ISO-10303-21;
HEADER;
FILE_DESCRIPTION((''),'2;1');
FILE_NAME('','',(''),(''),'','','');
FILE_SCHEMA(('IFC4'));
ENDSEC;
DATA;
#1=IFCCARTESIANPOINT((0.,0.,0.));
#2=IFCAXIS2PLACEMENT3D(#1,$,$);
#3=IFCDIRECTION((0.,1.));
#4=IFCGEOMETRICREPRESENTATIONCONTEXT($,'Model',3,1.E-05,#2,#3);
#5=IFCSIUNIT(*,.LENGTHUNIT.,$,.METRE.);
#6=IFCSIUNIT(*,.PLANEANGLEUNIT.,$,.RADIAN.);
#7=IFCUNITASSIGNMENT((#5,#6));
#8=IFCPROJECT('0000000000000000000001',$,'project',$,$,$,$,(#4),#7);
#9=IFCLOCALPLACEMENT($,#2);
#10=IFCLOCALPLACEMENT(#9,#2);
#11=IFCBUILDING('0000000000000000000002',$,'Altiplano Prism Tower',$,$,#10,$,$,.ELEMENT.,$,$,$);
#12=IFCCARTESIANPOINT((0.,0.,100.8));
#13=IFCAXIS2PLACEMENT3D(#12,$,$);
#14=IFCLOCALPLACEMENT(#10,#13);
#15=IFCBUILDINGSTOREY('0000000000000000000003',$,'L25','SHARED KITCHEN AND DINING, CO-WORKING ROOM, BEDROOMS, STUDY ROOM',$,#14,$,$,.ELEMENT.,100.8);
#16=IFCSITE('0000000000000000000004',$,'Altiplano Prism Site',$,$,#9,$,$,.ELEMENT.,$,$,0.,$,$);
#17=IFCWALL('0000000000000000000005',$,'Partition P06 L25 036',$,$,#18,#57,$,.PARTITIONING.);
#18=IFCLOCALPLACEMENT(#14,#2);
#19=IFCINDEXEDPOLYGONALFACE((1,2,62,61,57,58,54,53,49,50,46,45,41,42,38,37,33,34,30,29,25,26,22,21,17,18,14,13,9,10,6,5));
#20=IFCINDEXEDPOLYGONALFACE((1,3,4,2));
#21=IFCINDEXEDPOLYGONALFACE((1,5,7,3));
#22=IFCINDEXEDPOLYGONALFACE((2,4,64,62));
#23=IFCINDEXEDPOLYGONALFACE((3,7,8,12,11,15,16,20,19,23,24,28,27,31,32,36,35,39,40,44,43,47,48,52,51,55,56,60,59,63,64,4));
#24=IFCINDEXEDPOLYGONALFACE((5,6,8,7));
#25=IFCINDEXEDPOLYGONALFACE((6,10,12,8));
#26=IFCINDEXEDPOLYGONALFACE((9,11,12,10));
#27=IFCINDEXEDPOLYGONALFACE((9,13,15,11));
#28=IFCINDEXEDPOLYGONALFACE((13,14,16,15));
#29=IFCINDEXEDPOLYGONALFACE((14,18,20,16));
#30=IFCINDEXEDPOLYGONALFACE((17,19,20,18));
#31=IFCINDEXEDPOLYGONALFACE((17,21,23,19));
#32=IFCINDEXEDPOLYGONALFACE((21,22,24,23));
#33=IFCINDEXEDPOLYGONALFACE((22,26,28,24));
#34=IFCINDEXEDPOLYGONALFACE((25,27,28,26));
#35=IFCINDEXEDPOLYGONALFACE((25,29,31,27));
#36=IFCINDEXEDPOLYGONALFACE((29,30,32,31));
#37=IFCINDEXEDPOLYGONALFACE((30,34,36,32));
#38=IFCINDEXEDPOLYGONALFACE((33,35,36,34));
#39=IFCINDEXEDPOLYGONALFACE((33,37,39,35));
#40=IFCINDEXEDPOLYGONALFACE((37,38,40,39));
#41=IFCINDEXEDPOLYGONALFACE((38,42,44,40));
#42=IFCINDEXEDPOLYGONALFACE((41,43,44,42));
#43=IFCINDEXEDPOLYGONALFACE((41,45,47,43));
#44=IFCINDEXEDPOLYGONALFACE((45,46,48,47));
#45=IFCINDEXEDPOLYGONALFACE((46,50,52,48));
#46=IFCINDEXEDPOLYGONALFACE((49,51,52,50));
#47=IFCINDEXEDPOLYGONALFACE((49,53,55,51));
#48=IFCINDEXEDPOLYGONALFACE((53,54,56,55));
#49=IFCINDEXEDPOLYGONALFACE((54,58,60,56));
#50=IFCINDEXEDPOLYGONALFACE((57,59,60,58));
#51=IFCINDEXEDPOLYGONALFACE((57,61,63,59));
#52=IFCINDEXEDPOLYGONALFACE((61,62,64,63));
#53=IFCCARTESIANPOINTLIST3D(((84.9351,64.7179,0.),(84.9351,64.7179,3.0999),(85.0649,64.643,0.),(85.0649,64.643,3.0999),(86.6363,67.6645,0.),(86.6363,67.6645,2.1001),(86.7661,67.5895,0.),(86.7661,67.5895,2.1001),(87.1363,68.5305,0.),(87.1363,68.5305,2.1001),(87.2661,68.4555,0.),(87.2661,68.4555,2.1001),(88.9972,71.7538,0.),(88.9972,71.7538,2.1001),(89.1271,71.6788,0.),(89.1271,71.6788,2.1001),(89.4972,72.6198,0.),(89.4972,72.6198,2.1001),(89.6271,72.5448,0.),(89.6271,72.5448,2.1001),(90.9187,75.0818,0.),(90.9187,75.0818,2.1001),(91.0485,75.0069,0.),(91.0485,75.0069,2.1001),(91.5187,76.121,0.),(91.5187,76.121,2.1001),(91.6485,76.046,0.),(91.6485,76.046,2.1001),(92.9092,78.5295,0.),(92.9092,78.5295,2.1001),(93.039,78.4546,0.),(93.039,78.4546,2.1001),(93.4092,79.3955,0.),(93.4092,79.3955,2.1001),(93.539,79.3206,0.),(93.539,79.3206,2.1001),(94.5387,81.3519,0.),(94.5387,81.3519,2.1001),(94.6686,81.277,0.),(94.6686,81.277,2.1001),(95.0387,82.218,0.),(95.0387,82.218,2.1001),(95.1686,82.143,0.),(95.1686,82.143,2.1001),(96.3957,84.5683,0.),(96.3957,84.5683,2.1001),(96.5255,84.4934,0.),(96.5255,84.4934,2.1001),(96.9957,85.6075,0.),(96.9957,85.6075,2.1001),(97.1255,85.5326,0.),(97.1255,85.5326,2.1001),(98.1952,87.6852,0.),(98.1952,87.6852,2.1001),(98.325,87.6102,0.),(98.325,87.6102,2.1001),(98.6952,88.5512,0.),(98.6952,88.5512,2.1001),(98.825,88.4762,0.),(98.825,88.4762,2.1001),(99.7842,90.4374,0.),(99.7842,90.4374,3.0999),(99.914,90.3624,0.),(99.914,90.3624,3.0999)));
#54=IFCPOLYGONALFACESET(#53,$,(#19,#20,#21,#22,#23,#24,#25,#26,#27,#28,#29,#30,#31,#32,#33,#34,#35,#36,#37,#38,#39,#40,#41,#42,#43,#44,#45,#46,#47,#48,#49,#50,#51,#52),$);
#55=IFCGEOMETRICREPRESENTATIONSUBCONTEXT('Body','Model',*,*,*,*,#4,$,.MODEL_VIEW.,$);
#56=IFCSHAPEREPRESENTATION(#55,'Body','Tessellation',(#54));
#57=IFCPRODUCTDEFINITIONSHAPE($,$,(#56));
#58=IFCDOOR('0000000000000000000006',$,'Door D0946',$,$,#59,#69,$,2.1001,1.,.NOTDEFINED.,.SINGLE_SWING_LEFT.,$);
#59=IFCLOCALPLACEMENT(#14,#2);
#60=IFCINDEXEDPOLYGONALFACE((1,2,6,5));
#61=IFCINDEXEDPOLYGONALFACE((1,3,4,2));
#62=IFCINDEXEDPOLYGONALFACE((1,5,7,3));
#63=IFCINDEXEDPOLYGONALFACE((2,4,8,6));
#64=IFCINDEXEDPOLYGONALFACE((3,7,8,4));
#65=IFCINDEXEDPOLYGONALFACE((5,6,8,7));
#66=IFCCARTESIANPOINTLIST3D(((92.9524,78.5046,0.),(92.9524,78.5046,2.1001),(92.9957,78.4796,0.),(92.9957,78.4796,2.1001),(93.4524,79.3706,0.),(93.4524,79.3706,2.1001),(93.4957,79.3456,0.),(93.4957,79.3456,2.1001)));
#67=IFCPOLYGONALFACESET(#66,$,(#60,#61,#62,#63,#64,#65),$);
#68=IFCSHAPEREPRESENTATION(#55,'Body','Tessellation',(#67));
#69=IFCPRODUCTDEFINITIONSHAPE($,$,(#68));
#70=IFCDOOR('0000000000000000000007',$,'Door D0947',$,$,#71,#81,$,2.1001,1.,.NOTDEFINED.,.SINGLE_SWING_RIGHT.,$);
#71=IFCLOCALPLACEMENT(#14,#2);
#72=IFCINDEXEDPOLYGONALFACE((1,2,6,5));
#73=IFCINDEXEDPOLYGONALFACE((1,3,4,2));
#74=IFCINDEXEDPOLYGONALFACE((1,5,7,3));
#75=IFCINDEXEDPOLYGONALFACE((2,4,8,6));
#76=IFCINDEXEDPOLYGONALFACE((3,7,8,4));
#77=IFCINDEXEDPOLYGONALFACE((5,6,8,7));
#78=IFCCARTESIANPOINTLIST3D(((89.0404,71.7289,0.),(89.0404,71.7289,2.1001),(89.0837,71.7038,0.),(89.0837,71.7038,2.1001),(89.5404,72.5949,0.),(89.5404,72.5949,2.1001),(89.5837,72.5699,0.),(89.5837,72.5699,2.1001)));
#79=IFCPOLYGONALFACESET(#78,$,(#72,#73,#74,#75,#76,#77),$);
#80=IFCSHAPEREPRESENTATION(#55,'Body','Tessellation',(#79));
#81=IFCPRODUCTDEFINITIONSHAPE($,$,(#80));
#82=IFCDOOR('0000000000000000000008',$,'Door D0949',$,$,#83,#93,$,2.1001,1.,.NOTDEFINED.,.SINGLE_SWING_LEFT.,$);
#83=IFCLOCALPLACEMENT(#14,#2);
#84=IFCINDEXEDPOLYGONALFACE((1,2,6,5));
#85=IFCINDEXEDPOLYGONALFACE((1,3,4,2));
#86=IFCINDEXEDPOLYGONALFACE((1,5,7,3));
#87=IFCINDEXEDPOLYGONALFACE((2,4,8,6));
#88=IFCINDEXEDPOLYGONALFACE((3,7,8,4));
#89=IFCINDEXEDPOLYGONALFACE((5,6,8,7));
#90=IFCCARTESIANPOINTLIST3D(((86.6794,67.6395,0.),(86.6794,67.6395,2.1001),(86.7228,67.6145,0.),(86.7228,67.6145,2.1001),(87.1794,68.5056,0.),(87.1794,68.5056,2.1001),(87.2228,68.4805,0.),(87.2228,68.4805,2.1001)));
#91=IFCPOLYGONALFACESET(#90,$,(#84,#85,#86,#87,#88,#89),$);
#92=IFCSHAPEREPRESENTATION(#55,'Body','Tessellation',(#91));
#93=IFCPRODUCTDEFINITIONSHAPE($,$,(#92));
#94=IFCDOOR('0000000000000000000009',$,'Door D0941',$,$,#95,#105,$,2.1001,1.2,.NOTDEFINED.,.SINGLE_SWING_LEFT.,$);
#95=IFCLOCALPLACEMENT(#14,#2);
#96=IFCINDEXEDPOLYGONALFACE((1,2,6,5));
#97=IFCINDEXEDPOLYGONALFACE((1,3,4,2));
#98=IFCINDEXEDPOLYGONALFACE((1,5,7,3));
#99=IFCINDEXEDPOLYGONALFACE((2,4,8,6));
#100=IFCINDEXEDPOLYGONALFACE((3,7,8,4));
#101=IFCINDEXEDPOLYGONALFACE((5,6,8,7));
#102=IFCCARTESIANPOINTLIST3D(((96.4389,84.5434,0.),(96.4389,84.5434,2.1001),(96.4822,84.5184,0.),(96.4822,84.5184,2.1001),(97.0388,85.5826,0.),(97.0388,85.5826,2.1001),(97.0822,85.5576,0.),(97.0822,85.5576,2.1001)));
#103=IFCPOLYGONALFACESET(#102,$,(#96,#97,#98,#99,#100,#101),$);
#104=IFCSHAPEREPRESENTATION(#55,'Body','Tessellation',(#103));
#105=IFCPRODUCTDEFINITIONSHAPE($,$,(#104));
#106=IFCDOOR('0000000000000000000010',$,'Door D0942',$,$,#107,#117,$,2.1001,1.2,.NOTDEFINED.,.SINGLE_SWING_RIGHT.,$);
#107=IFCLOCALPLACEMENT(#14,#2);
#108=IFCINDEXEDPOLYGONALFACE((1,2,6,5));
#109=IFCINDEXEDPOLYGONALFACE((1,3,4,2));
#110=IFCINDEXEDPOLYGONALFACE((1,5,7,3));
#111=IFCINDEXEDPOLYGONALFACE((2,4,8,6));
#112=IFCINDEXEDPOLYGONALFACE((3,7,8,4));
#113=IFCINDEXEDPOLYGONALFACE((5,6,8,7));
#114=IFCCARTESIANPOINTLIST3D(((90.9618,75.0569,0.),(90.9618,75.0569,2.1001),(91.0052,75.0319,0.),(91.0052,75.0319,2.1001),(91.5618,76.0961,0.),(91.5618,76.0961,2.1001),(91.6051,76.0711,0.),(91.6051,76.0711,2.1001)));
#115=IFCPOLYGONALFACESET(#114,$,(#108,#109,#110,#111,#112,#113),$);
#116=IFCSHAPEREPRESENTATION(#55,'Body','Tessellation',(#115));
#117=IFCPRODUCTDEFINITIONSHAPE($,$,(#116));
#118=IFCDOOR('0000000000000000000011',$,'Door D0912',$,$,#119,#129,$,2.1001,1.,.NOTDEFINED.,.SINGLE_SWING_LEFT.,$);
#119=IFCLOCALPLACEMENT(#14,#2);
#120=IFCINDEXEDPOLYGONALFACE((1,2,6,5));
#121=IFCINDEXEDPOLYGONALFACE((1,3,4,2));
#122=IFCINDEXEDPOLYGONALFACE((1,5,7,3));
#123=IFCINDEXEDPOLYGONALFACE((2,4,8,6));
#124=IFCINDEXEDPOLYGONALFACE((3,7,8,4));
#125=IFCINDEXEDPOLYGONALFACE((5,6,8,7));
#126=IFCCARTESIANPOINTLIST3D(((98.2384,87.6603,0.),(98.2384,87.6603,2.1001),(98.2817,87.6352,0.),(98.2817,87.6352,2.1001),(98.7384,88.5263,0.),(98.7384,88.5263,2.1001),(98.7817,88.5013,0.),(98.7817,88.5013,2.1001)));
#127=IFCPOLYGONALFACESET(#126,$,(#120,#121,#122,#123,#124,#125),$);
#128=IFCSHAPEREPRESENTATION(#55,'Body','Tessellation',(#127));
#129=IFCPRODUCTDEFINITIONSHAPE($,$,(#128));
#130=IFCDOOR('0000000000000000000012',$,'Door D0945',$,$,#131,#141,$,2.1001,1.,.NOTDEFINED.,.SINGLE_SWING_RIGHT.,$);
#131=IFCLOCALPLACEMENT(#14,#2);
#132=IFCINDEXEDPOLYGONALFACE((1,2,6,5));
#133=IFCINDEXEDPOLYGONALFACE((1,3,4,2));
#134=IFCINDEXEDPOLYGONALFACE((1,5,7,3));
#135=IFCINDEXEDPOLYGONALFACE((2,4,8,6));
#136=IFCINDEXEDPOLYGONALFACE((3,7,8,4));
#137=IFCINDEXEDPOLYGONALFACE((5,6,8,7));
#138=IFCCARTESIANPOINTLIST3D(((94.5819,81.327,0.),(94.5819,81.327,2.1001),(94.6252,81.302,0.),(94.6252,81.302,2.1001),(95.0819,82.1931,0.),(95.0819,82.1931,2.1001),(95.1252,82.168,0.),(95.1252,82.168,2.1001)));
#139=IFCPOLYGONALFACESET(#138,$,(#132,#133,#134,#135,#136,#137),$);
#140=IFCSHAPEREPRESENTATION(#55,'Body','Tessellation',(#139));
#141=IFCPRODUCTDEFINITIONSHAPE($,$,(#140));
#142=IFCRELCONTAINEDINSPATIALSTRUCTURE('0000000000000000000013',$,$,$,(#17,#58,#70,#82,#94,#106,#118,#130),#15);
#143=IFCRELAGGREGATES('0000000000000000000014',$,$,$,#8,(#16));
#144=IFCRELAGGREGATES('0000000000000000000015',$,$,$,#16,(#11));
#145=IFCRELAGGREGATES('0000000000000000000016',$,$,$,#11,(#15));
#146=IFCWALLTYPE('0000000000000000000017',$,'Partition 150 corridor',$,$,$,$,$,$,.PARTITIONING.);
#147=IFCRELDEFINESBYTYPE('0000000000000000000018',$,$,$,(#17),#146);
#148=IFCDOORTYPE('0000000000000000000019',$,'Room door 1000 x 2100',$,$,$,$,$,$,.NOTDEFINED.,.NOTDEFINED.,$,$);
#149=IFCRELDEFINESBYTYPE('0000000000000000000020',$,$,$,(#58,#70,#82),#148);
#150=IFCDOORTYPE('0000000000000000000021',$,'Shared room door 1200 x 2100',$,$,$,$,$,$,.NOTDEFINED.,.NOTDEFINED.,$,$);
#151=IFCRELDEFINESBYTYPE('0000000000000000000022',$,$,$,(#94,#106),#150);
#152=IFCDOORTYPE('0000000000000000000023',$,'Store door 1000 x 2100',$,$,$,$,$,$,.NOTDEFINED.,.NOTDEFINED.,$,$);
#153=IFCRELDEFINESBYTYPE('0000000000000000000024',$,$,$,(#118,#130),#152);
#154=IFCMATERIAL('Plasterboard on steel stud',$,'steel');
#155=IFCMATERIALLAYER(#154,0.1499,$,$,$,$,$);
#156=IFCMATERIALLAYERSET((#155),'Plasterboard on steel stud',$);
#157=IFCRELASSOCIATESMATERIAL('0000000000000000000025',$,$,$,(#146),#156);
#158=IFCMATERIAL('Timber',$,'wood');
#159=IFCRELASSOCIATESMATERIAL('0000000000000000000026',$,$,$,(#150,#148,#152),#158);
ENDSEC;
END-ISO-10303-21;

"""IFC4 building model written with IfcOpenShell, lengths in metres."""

from ifc_helpers import new_model, si_unit, direction, frame, frame_2d, origin, place, context, subcontext, project, spatial, rectangle, extrude, material, layer, layer_set, type_object, element, fill, save


model = new_model("IFC4")

# Units and contexts
model_context = context("Model", 3, precision=1e-05, world=origin(), true_north=direction((0.0, 1.0)))
body_context = subcontext(model_context, "Body", "Model", "MODEL_VIEW")
ifc_project = project(units=[si_unit("LENGTHUNIT", "METRE"), si_unit("PLANEANGLEUNIT", "RADIAN")], contexts=[model_context])

# Site, building, storey
site_placement = place(None, origin())
site = spatial("IfcSite", under=ifc_project, at=site_placement, Name="Altiplano Prism Site", CompositionType="ELEMENT", RefElevation=0.0)
building_placement = place(site_placement, origin())
building = spatial("IfcBuilding", under=site, at=building_placement, Name="Altiplano Prism Tower", CompositionType="ELEMENT")
storey_placement = place(building_placement, frame((0.0, 0.0, 100.8)))
storey = spatial("IfcBuildingStorey", under=building, at=storey_placement, Name="L25", Description="SHARED KITCHEN AND DINING, CO-WORKING ROOM, BEDROOMS, STUDY ROOM", CompositionType="ELEMENT", Elevation=100.8)

# Shared definitions
ifc_material_1 = material(Name="Plasterboard on steel stud", Category="steel")
ifc_layer_1 = layer(ifc_material_1, 0.1499)
ifc_layer_set_1 = layer_set([ifc_layer_1], Name="Plasterboard on steel stud")
wall_type_1 = type_object("IfcWallType", Name="Partition 150 corridor", PredefinedType="PARTITIONING", material=ifc_layer_set_1)

# Shared definitions
ifc_material_2 = material(Name="Timber", Category="wood")
door_type_1 = type_object("IfcDoorType", Name="Shared room door 1200 x 2100", OperationType="NOTDEFINED", PredefinedType="NOTDEFINED", material=ifc_material_2)

# Wall, openings, doors
wall_1_placement = place(storey_placement, frame((99.8491, 90.3999, 0.0), z_axis=(0.0, 0.0, 1.0), x_axis=(-0.499999, -0.866026, 0.0)))
wall_1 = element("IfcWall", 1, at=wall_1_placement, inside=storey, type_object=wall_type_1, Name="Partition P06 L25 036", PredefinedType="PARTITIONING", context=body_context, shape_type="SweptSolid", body=[
    extrude(rectangle(XDim=29.6982, YDim=0.1499, at=frame_2d((14.8491, 0.0))), origin(), (0.0, 0.0, 1.0), 3.0999),
])
opening_1_placement = place(wall_1_placement, frame((2.178, 0.0, 0.0)))
opening_1 = element("IfcOpeningElement", 2, at=opening_1_placement, cuts=wall_1, PredefinedType="OPENING", context=body_context, shape_type="SweptSolid", body=[
    extrude(rectangle(XDim=1.0, YDim=2.1001, at=frame_2d((0.5, 1.05))), frame((0.0, 0.0854, 0.0), z_axis=(0.0, -1.0, 0.0), x_axis=(1.0, 0.0, 0.0)), (0.0, 0.0, 1.0), 0.1709),
])
opening_2_placement = place(wall_1_placement, frame((5.5769, 0.0, 0.0)))
opening_2 = element("IfcOpeningElement", 3, at=opening_2_placement, cuts=wall_1, PredefinedType="OPENING", context=body_context, shape_type="SweptSolid", body=[
    extrude(rectangle(XDim=1.2, YDim=2.1001, at=frame_2d((0.6001, 1.05))), frame((0.0, 0.0854, 0.0), z_axis=(0.0, -1.0, 0.0), x_axis=(1.0, 0.0, 0.0)), (0.0, 0.0, 1.0), 0.1709),
])
opening_3_placement = place(wall_1_placement, frame((16.531, 0.0, 0.0)))
opening_3 = element("IfcOpeningElement", 4, at=opening_3_placement, cuts=wall_1, PredefinedType="OPENING", context=body_context, shape_type="SweptSolid", body=[
    extrude(rectangle(XDim=1.2, YDim=2.1001, at=frame_2d((0.6001, 1.05))), frame((0.0, 0.0854, 0.0), z_axis=(0.0, -1.0, 0.0), x_axis=(1.0, 0.0, 0.0)), (0.0, 0.0, 1.0), 0.1709),
])
opening_4_placement = place(wall_1_placement, frame((9.491, 0.0, 0.0)))
opening_4 = element("IfcOpeningElement", 5, at=opening_4_placement, cuts=wall_1, PredefinedType="OPENING", context=body_context, shape_type="SweptSolid", body=[
    extrude(rectangle(XDim=1.0, YDim=2.1001, at=frame_2d((0.5, 1.05))), frame((0.0, 0.0854, 0.0), z_axis=(0.0, -1.0, 0.0), x_axis=(1.0, 0.0, 0.0)), (0.0, 0.0, 1.0), 0.1709),
])
opening_5_placement = place(wall_1_placement, frame((12.75, 0.0, 0.0)))
opening_5 = element("IfcOpeningElement", 6, at=opening_5_placement, cuts=wall_1, PredefinedType="OPENING", context=body_context, shape_type="SweptSolid", body=[
    extrude(rectangle(XDim=1.0, YDim=2.1001, at=frame_2d((0.5, 1.05))), frame((0.0, 0.0854, 0.0), z_axis=(0.0, -1.0, 0.0), x_axis=(1.0, 0.0, 0.0)), (0.0, 0.0, 1.0), 0.1709),
])
opening_6_placement = place(wall_1_placement, frame((20.574, 0.0, 0.0)))
opening_6 = element("IfcOpeningElement", 7, at=opening_6_placement, cuts=wall_1, PredefinedType="OPENING", context=body_context, shape_type="SweptSolid", body=[
    extrude(rectangle(XDim=1.0, YDim=2.1001, at=frame_2d((0.5, 1.05))), frame((0.0, 0.0854, 0.0), z_axis=(0.0, -1.0, 0.0), x_axis=(1.0, 0.0, 0.0)), (0.0, 0.0, 1.0), 0.1709),
])
opening_7_placement = place(wall_1_placement, frame((25.2959, 0.0, 0.0)))
opening_7 = element("IfcOpeningElement", 8, at=opening_7_placement, cuts=wall_1, PredefinedType="OPENING", context=body_context, shape_type="SweptSolid", body=[
    extrude(rectangle(XDim=1.0, YDim=2.1001, at=frame_2d((0.5, 1.05))), frame((0.0, 0.0854, 0.0), z_axis=(0.0, -1.0, 0.0), x_axis=(1.0, 0.0, 0.0)), (0.0, 0.0, 1.0), 0.1709),
])
door_type_2 = type_object("IfcDoorType", Name="Room door 1000 x 2100", OperationType="NOTDEFINED", PredefinedType="NOTDEFINED", material=ifc_material_2)
door_1_placement = place(opening_5_placement, origin())
door_1 = element("IfcDoor", 9, at=door_1_placement, inside=storey, type_object=door_type_2, Name="Door D0946", OperationType="SINGLE_SWING_LEFT", OverallHeight=2.1001, OverallWidth=1.0, PredefinedType="NOTDEFINED", context=body_context, shape_type="SweptSolid", body=[
    extrude(rectangle(XDim=1.0, YDim=2.1001, at=frame_2d((0.5, 1.05))), frame((0.0, 0.0249, 0.0), z_axis=(0.0, -1.0, 0.0), x_axis=(1.0, 0.0, 0.0)), (0.0, 0.0, 1.0), 0.05),
])
fill(opening_5, door_1)
door_2_placement = place(opening_6_placement, origin())
door_2 = element("IfcDoor", 10, at=door_2_placement, inside=storey, type_object=door_type_2, Name="Door D0947", OperationType="SINGLE_SWING_RIGHT", OverallHeight=2.1001, OverallWidth=1.0, PredefinedType="NOTDEFINED", context=body_context, shape_type="SweptSolid", body=[
    extrude(rectangle(XDim=1.0, YDim=2.1001, at=frame_2d((0.5, 1.05))), frame((0.0, 0.0249, 0.0), z_axis=(0.0, -1.0, 0.0), x_axis=(1.0, 0.0, 0.0)), (0.0, 0.0, 1.0), 0.05),
])
fill(opening_6, door_2)
door_3_placement = place(opening_7_placement, origin())
door_3 = element("IfcDoor", 11, at=door_3_placement, inside=storey, type_object=door_type_2, Name="Door D0949", OperationType="SINGLE_SWING_LEFT", OverallHeight=2.1001, OverallWidth=1.0, PredefinedType="NOTDEFINED", context=body_context, shape_type="SweptSolid", body=[
    extrude(rectangle(XDim=1.0, YDim=2.1001, at=frame_2d((0.5, 1.05))), frame((0.0, 0.0249, 0.0), z_axis=(0.0, -1.0, 0.0), x_axis=(1.0, 0.0, 0.0)), (0.0, 0.0, 1.0), 0.05),
])
fill(opening_7, door_3)
door_4_placement = place(opening_2_placement, origin())
door_4 = element("IfcDoor", 12, at=door_4_placement, inside=storey, type_object=door_type_1, Name="Door D0941", OperationType="SINGLE_SWING_LEFT", OverallHeight=2.1001, OverallWidth=1.2, PredefinedType="NOTDEFINED", context=body_context, shape_type="SweptSolid", body=[
    extrude(rectangle(XDim=1.2, YDim=2.1001, at=frame_2d((0.6001, 1.05))), frame((0.0, 0.0249, 0.0), z_axis=(0.0, -1.0, 0.0), x_axis=(1.0, 0.0, 0.0)), (0.0, 0.0, 1.0), 0.05),
])
fill(opening_2, door_4)
door_5_placement = place(opening_3_placement, origin())
door_5 = element("IfcDoor", 13, at=door_5_placement, inside=storey, type_object=door_type_1, Name="Door D0942", OperationType="SINGLE_SWING_RIGHT", OverallHeight=2.1001, OverallWidth=1.2, PredefinedType="NOTDEFINED", context=body_context, shape_type="SweptSolid", body=[
    extrude(rectangle(XDim=1.2, YDim=2.1001, at=frame_2d((0.6001, 1.05))), frame((0.0, 0.0249, 0.0), z_axis=(0.0, -1.0, 0.0), x_axis=(1.0, 0.0, 0.0)), (0.0, 0.0, 1.0), 0.05),
])
fill(opening_3, door_5)
door_type_3 = type_object("IfcDoorType", Name="Store door 1000 x 2100", OperationType="NOTDEFINED", PredefinedType="NOTDEFINED", material=ifc_material_2)
door_6_placement = place(opening_1_placement, origin())
door_6 = element("IfcDoor", 14, at=door_6_placement, inside=storey, type_object=door_type_3, Name="Door D0912", OperationType="SINGLE_SWING_LEFT", OverallHeight=2.1001, OverallWidth=1.0, PredefinedType="NOTDEFINED", context=body_context, shape_type="SweptSolid", body=[
    extrude(rectangle(XDim=1.0, YDim=2.1001, at=frame_2d((0.5, 1.05))), frame((0.0, 0.0249, 0.0), z_axis=(0.0, -1.0, 0.0), x_axis=(1.0, 0.0, 0.0)), (0.0, 0.0, 1.0), 0.05),
])
fill(opening_1, door_6)
door_7_placement = place(opening_4_placement, origin())
door_7 = element("IfcDoor", 15, at=door_7_placement, inside=storey, type_object=door_type_3, Name="Door D0945", OperationType="SINGLE_SWING_RIGHT", OverallHeight=2.1001, OverallWidth=1.0, PredefinedType="NOTDEFINED", context=body_context, shape_type="SweptSolid", body=[
    extrude(rectangle(XDim=1.0, YDim=2.1001, at=frame_2d((0.5, 1.05))), frame((0.0, 0.0249, 0.0), z_axis=(0.0, -1.0, 0.0), x_axis=(1.0, 0.0, 0.0)), (0.0, 0.0, 1.0), 0.05),
])
fill(opening_4, door_7)

save(model, "model.ifc")
